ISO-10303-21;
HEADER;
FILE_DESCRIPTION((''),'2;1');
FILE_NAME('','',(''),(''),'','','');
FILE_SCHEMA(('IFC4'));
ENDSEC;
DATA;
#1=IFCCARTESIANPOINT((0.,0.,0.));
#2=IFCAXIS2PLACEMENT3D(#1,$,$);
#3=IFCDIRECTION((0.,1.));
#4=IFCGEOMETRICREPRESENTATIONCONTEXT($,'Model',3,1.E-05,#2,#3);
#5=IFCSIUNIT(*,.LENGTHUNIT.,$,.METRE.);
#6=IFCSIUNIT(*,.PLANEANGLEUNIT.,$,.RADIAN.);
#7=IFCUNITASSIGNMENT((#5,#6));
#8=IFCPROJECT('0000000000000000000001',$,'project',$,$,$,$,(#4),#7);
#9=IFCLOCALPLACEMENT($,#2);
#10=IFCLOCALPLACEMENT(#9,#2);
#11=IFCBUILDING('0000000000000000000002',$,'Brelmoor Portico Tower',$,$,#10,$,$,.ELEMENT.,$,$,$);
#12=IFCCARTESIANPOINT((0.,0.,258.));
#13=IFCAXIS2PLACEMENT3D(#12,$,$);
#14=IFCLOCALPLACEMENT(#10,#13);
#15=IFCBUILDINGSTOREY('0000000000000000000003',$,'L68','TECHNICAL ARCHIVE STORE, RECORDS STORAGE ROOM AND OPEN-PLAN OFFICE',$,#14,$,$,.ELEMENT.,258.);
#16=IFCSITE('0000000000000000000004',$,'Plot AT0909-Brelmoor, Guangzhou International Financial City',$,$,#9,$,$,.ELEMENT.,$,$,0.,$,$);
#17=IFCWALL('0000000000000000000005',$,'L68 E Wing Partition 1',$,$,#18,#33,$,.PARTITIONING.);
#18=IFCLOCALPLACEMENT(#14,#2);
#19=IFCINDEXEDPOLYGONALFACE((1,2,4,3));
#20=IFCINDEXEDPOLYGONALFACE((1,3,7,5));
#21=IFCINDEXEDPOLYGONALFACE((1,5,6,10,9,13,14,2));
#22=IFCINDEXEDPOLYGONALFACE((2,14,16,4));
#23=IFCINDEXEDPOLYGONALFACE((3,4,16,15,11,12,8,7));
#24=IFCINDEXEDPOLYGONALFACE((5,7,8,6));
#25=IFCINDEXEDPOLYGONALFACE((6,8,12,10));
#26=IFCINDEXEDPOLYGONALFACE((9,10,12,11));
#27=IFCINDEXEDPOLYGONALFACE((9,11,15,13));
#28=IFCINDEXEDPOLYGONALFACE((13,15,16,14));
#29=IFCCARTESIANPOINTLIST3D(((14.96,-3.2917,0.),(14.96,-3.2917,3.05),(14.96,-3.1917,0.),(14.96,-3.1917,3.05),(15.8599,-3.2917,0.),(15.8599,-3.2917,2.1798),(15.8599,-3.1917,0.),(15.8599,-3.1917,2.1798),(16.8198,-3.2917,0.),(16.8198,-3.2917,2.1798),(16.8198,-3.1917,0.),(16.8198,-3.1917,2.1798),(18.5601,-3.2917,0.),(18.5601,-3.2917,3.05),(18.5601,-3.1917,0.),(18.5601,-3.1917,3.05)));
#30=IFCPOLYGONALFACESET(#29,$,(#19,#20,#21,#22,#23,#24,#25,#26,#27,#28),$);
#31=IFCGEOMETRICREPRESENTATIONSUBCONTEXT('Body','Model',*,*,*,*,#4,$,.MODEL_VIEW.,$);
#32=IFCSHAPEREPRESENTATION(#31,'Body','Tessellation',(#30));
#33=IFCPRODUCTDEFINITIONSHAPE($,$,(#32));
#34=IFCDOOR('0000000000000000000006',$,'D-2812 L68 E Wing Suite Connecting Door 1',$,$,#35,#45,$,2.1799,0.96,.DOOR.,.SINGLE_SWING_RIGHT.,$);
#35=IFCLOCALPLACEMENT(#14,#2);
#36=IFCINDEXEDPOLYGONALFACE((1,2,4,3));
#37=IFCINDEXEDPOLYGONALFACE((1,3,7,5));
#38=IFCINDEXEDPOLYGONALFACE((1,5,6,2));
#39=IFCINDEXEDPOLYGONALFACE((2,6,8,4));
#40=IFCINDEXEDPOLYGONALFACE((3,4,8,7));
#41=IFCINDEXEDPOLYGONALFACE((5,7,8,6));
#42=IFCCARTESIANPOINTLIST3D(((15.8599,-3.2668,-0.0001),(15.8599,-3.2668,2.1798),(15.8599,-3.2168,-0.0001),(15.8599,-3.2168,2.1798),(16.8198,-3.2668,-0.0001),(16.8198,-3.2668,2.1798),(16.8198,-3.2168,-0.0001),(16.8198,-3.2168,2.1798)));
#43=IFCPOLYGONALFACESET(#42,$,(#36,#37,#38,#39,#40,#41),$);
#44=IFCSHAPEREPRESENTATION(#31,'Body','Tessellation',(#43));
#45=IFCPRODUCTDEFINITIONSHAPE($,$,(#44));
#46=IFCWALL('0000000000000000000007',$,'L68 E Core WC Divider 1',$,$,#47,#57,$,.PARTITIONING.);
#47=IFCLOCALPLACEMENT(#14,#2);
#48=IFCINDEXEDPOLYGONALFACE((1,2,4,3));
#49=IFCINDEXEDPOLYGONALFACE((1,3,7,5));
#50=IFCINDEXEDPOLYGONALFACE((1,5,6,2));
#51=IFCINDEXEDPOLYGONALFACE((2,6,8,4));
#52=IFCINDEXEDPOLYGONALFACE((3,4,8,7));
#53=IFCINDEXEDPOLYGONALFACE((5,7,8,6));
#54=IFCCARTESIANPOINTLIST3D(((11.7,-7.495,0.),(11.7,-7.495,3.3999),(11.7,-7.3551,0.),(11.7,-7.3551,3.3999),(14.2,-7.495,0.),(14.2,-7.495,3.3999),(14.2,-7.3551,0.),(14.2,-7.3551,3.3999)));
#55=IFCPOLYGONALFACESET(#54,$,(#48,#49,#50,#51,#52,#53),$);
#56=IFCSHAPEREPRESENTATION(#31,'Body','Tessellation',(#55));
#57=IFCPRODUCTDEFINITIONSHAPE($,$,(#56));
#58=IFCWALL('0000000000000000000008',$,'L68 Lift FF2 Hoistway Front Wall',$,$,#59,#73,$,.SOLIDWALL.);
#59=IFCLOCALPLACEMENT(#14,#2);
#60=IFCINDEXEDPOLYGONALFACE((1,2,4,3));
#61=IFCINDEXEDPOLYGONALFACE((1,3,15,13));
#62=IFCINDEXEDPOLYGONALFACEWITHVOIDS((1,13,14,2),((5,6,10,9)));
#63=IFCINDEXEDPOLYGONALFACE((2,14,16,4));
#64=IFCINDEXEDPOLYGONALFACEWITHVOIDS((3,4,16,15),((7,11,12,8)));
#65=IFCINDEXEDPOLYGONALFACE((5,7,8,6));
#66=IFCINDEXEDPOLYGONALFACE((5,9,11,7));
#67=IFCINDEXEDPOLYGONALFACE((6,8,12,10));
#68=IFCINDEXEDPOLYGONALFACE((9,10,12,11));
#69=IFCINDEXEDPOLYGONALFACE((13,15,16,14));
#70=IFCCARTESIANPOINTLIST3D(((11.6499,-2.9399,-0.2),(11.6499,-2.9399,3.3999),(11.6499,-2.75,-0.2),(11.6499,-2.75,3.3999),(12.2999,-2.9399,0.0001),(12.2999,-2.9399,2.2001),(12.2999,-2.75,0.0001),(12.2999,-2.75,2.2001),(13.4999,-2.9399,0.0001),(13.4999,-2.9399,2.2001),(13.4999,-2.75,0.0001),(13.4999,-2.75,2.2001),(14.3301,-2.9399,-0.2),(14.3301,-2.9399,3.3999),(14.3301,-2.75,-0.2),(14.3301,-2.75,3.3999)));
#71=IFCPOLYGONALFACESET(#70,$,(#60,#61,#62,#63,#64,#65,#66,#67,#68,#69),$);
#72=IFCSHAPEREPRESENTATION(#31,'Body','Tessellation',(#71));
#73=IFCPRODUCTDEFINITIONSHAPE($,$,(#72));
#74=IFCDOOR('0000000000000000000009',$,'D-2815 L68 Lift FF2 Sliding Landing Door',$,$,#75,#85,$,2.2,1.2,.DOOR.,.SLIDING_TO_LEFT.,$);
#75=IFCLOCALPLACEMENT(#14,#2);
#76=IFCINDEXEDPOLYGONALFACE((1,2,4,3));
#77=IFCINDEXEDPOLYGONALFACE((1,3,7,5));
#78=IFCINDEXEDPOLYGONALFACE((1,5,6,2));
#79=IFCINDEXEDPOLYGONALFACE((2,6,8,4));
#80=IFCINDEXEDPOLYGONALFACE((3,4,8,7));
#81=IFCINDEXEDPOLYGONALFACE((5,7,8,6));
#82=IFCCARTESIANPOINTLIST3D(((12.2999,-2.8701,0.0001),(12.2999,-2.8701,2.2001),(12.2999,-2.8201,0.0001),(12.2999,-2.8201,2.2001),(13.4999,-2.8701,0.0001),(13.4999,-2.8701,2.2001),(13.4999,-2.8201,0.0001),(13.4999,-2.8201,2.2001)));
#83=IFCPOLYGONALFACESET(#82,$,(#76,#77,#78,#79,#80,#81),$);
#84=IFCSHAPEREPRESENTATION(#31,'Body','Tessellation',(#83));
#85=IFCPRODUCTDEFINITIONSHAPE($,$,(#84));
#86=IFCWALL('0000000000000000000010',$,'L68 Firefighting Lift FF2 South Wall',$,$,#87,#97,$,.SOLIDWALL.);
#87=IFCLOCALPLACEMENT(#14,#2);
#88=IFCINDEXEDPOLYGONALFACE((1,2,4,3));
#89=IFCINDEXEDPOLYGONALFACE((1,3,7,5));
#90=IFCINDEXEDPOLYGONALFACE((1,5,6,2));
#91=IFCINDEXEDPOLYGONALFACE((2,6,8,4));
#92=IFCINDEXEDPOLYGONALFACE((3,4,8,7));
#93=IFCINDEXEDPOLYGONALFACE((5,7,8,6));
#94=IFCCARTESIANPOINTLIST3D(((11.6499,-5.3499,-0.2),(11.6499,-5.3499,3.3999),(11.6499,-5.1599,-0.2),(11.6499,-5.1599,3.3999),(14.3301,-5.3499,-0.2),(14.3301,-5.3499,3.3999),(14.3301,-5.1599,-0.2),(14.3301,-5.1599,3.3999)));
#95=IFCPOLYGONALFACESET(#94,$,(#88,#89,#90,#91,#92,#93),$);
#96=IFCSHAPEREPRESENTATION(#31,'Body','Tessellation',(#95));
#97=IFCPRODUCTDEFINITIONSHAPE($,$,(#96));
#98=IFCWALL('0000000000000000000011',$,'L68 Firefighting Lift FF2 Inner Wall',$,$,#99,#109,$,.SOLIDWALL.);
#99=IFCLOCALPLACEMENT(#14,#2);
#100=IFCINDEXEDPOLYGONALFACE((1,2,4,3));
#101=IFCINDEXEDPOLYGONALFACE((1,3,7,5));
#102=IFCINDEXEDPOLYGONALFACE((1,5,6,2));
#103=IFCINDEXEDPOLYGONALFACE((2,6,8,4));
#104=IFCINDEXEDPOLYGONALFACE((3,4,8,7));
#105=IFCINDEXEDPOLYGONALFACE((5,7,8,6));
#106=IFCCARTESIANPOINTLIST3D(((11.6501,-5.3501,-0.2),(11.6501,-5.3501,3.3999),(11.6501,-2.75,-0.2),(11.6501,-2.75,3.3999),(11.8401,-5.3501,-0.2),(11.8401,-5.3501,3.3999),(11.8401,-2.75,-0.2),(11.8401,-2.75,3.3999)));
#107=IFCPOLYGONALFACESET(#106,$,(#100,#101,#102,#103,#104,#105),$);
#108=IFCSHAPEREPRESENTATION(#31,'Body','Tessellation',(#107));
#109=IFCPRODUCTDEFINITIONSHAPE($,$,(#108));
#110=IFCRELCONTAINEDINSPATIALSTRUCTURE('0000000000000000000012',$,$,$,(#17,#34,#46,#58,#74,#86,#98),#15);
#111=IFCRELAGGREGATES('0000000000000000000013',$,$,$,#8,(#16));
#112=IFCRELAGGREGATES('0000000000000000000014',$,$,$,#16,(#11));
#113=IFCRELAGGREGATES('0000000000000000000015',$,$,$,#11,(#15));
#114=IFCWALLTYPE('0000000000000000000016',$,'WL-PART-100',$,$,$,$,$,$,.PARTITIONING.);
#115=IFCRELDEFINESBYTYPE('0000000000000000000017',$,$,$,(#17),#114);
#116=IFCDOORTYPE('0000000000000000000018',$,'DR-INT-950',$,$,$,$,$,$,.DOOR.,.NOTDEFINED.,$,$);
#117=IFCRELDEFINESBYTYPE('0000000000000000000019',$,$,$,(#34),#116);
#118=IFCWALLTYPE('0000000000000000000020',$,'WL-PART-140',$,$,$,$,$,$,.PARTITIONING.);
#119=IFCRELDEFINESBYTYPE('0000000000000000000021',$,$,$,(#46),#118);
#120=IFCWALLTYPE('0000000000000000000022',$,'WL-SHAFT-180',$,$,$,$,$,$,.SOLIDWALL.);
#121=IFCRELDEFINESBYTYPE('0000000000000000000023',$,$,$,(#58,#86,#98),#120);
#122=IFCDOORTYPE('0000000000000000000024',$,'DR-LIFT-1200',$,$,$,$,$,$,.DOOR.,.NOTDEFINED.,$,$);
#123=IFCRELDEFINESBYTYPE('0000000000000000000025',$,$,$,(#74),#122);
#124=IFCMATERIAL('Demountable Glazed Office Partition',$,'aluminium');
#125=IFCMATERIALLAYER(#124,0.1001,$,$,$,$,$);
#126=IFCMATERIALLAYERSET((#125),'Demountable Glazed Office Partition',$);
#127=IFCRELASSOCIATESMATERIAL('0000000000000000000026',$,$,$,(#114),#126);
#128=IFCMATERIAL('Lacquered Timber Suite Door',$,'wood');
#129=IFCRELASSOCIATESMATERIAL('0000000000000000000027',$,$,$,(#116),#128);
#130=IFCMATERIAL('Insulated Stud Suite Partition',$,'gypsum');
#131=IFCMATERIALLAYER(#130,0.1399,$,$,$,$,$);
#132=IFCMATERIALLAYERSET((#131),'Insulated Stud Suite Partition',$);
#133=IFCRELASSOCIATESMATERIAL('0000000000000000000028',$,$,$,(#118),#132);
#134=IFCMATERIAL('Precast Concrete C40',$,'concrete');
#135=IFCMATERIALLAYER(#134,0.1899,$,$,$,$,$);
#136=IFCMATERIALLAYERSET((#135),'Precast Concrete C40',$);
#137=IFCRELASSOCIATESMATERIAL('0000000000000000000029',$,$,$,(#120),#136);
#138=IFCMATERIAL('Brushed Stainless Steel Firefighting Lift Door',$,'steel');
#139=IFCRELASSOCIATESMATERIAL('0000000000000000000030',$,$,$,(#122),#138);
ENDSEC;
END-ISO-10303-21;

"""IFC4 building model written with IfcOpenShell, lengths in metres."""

from ifc_helpers import new_model, si_unit, direction, frame, frame_2d, origin, place, context, subcontext, project, spatial, rectangle, extrude, material, layer, layer_set, type_object, element, fill, save


model = new_model("IFC4")

# Units and contexts
model_context = context("Model", 3, precision=1e-05, world=origin(), true_north=direction((0.0, 1.0)))
body_context = subcontext(model_context, "Body", "Model", "MODEL_VIEW")
ifc_project = project(units=[si_unit("LENGTHUNIT", "METRE"), si_unit("PLANEANGLEUNIT", "RADIAN")], contexts=[model_context])

# Site, building, storey
site_placement = place(None, origin())
site = spatial("IfcSite", under=ifc_project, at=site_placement, Name="Plot AT0909-Brelmoor, Guangzhou International Financial City", CompositionType="ELEMENT", RefElevation=0.0)
building_placement = place(site_placement, origin())
building = spatial("IfcBuilding", under=site, at=building_placement, Name="Brelmoor Portico Tower", CompositionType="ELEMENT")
storey_placement = place(building_placement, frame((0.0, 0.0, 258.0)))
storey = spatial("IfcBuildingStorey", under=building, at=storey_placement, Name="L68", Description="TECHNICAL ARCHIVE STORE, RECORDS STORAGE ROOM AND OPEN-PLAN OFFICE", CompositionType="ELEMENT", Elevation=258.0)

# Wall, opening, door
ifc_material_1 = material(Name="Demountable Glazed Office Partition", Category="aluminium")
ifc_layer_1 = layer(ifc_material_1, 0.1001)
ifc_layer_set_1 = layer_set([ifc_layer_1], Name="Demountable Glazed Office Partition")
wall_type_1 = type_object("IfcWallType", Name="WL-PART-100", PredefinedType="PARTITIONING", material=ifc_layer_set_1)
wall_1_placement = place(storey_placement, frame((14.96, -3.2417, 0.0), z_axis=(0.0, 0.0, 1.0), x_axis=(1.0, 0.0, 0.0)))
wall_1 = element("IfcWall", 1, at=wall_1_placement, inside=storey, type_object=wall_type_1, Name="L68 E Wing Partition 1", PredefinedType="PARTITIONING", context=body_context, shape_type="SweptSolid", body=[
    extrude(rectangle(XDim=3.6001, YDim=0.1001, at=frame_2d((1.8, 0.0))), origin(), (0.0, 0.0, 1.0), 3.05),
])
opening_1_placement = place(wall_1_placement, frame((0.8999, 0.0, 0.0)))
opening_1 = element("IfcOpeningElement", 2, at=opening_1_placement, cuts=wall_1, PredefinedType="OPENING", context=body_context, shape_type="SweptSolid", body=[
    extrude(rectangle(XDim=0.96, YDim=2.1799, at=frame_2d((0.48, 1.0898))), frame((0.0, 0.0601, 0.0), z_axis=(0.0, -1.0, 0.0), x_axis=(1.0, 0.0, 0.0)), (0.0, 0.0, 1.0), 0.1201),
])
ifc_material_2 = material(Name="Lacquered Timber Suite Door", Category="wood")
door_type_1 = type_object("IfcDoorType", Name="DR-INT-950", OperationType="NOTDEFINED", PredefinedType="DOOR", material=ifc_material_2)
door_1_placement = place(opening_1_placement, origin())
door_1 = element("IfcDoor", 3, at=door_1_placement, inside=storey, type_object=door_type_1, Name="D-2812 L68 E Wing Suite Connecting Door 1", OperationType="SINGLE_SWING_RIGHT", OverallHeight=2.1799, OverallWidth=0.96, PredefinedType="DOOR", context=body_context, shape_type="SweptSolid", body=[
    extrude(rectangle(XDim=0.96, YDim=2.1799, at=frame_2d((0.48, 1.0898))), frame((0.0, 0.0249, 0.0), z_axis=(0.0, -1.0, 0.0), x_axis=(1.0, 0.0, 0.0)), (0.0, 0.0, 1.0), 0.05),
])
fill(opening_1, door_1)

# Wall
ifc_material_3 = material(Name="Insulated Stud Suite Partition", Category="gypsum")
ifc_layer_2 = layer(ifc_material_3, 0.1399)
ifc_layer_set_2 = layer_set([ifc_layer_2], Name="Insulated Stud Suite Partition")
wall_type_2 = type_object("IfcWallType", Name="WL-PART-140", PredefinedType="PARTITIONING", material=ifc_layer_set_2)
wall_2_placement = place(storey_placement, frame((11.7, -7.425, 0.0), z_axis=(0.0, 0.0, 1.0), x_axis=(1.0, 0.0, 0.0)))
element("IfcWall", 4, at=wall_2_placement, inside=storey, type_object=wall_type_2, Name="L68 E Core WC Divider 1", PredefinedType="PARTITIONING", context=body_context, shape_type="SweptSolid", body=[
    extrude(rectangle(XDim=2.5, YDim=0.1399, at=frame_2d((1.25, 0.0))), origin(), (0.0, 0.0, 1.0), 3.3999),
])

# Wall, opening, door
ifc_material_4 = material(Name="Precast Concrete C40", Category="concrete")
ifc_layer_3 = layer(ifc_material_4, 0.1899)
ifc_layer_set_3 = layer_set([ifc_layer_3], Name="Precast Concrete C40")
wall_type_3 = type_object("IfcWallType", Name="WL-SHAFT-180", PredefinedType="SOLIDWALL", material=ifc_layer_set_3)
wall_3_placement = place(storey_placement, frame((11.6499, -2.845, -0.2), z_axis=(0.0, 0.0, 1.0), x_axis=(1.0, 0.0, 0.0)))
wall_3 = element("IfcWall", 5, at=wall_3_placement, inside=storey, type_object=wall_type_3, Name="L68 Lift FF2 Hoistway Front Wall", PredefinedType="SOLIDWALL", context=body_context, shape_type="SweptSolid", body=[
    extrude(rectangle(XDim=2.6802, YDim=0.1899, at=frame_2d((1.3401, 0.0))), origin(), (0.0, 0.0, 1.0), 3.5999),
])
opening_2_placement = place(wall_3_placement, frame((0.6499, 0.0, 0.2)))
opening_2 = element("IfcOpeningElement", 6, at=opening_2_placement, cuts=wall_3, PredefinedType="OPENING", context=body_context, shape_type="SweptSolid", body=[
    extrude(rectangle(XDim=1.2, YDim=2.2, at=frame_2d((0.6001, 1.1001))), frame((0.0, 0.105, 0.0), z_axis=(0.0, -1.0, 0.0), x_axis=(1.0, 0.0, 0.0)), (0.0, 0.0, 1.0), 0.21),
])
ifc_material_5 = material(Name="Brushed Stainless Steel Firefighting Lift Door", Category="steel")
door_type_2 = type_object("IfcDoorType", Name="DR-LIFT-1200", OperationType="NOTDEFINED", PredefinedType="DOOR", material=ifc_material_5)
door_2_placement = place(opening_2_placement, origin())
door_2 = element("IfcDoor", 7, at=door_2_placement, inside=storey, type_object=door_type_2, Name="D-2815 L68 Lift FF2 Sliding Landing Door", OperationType="SLIDING_TO_LEFT", OverallHeight=2.2, OverallWidth=1.2, PredefinedType="DOOR", context=body_context, shape_type="SweptSolid", body=[
    extrude(rectangle(XDim=1.2, YDim=2.2, at=frame_2d((0.6001, 1.1001))), frame((0.0, 0.0249, 0.0), z_axis=(0.0, -1.0, 0.0), x_axis=(1.0, 0.0, 0.0)), (0.0, 0.0, 1.0), 0.05),
])
fill(opening_2, door_2)

# Walls
wall_4_placement = place(storey_placement, frame((11.6499, -5.2549, -0.2), z_axis=(0.0, 0.0, 1.0), x_axis=(1.0, 0.0, 0.0)))
element("IfcWall", 8, at=wall_4_placement, inside=storey, type_object=wall_type_3, Name="L68 Firefighting Lift FF2 South Wall", PredefinedType="SOLIDWALL", context=body_context, shape_type="SweptSolid", body=[
    extrude(rectangle(XDim=2.6802, YDim=0.1899, at=frame_2d((1.3401, 0.0))), origin(), (0.0, 0.0, 1.0), 3.5999),
])
wall_5_placement = place(storey_placement, frame((11.7451, -5.3501, -0.2), z_axis=(0.0, 0.0, 1.0), x_axis=(0.0, 1.0, 0.0)))
element("IfcWall", 9, at=wall_5_placement, inside=storey, type_object=wall_type_3, Name="L68 Firefighting Lift FF2 Inner Wall", PredefinedType="SOLIDWALL", context=body_context, shape_type="SweptSolid", body=[
    extrude(rectangle(XDim=2.6001, YDim=0.1899, at=frame_2d((1.3, 0.0))), origin(), (0.0, 0.0, 1.0), 3.5999),
])

save(model, "model.ifc")
